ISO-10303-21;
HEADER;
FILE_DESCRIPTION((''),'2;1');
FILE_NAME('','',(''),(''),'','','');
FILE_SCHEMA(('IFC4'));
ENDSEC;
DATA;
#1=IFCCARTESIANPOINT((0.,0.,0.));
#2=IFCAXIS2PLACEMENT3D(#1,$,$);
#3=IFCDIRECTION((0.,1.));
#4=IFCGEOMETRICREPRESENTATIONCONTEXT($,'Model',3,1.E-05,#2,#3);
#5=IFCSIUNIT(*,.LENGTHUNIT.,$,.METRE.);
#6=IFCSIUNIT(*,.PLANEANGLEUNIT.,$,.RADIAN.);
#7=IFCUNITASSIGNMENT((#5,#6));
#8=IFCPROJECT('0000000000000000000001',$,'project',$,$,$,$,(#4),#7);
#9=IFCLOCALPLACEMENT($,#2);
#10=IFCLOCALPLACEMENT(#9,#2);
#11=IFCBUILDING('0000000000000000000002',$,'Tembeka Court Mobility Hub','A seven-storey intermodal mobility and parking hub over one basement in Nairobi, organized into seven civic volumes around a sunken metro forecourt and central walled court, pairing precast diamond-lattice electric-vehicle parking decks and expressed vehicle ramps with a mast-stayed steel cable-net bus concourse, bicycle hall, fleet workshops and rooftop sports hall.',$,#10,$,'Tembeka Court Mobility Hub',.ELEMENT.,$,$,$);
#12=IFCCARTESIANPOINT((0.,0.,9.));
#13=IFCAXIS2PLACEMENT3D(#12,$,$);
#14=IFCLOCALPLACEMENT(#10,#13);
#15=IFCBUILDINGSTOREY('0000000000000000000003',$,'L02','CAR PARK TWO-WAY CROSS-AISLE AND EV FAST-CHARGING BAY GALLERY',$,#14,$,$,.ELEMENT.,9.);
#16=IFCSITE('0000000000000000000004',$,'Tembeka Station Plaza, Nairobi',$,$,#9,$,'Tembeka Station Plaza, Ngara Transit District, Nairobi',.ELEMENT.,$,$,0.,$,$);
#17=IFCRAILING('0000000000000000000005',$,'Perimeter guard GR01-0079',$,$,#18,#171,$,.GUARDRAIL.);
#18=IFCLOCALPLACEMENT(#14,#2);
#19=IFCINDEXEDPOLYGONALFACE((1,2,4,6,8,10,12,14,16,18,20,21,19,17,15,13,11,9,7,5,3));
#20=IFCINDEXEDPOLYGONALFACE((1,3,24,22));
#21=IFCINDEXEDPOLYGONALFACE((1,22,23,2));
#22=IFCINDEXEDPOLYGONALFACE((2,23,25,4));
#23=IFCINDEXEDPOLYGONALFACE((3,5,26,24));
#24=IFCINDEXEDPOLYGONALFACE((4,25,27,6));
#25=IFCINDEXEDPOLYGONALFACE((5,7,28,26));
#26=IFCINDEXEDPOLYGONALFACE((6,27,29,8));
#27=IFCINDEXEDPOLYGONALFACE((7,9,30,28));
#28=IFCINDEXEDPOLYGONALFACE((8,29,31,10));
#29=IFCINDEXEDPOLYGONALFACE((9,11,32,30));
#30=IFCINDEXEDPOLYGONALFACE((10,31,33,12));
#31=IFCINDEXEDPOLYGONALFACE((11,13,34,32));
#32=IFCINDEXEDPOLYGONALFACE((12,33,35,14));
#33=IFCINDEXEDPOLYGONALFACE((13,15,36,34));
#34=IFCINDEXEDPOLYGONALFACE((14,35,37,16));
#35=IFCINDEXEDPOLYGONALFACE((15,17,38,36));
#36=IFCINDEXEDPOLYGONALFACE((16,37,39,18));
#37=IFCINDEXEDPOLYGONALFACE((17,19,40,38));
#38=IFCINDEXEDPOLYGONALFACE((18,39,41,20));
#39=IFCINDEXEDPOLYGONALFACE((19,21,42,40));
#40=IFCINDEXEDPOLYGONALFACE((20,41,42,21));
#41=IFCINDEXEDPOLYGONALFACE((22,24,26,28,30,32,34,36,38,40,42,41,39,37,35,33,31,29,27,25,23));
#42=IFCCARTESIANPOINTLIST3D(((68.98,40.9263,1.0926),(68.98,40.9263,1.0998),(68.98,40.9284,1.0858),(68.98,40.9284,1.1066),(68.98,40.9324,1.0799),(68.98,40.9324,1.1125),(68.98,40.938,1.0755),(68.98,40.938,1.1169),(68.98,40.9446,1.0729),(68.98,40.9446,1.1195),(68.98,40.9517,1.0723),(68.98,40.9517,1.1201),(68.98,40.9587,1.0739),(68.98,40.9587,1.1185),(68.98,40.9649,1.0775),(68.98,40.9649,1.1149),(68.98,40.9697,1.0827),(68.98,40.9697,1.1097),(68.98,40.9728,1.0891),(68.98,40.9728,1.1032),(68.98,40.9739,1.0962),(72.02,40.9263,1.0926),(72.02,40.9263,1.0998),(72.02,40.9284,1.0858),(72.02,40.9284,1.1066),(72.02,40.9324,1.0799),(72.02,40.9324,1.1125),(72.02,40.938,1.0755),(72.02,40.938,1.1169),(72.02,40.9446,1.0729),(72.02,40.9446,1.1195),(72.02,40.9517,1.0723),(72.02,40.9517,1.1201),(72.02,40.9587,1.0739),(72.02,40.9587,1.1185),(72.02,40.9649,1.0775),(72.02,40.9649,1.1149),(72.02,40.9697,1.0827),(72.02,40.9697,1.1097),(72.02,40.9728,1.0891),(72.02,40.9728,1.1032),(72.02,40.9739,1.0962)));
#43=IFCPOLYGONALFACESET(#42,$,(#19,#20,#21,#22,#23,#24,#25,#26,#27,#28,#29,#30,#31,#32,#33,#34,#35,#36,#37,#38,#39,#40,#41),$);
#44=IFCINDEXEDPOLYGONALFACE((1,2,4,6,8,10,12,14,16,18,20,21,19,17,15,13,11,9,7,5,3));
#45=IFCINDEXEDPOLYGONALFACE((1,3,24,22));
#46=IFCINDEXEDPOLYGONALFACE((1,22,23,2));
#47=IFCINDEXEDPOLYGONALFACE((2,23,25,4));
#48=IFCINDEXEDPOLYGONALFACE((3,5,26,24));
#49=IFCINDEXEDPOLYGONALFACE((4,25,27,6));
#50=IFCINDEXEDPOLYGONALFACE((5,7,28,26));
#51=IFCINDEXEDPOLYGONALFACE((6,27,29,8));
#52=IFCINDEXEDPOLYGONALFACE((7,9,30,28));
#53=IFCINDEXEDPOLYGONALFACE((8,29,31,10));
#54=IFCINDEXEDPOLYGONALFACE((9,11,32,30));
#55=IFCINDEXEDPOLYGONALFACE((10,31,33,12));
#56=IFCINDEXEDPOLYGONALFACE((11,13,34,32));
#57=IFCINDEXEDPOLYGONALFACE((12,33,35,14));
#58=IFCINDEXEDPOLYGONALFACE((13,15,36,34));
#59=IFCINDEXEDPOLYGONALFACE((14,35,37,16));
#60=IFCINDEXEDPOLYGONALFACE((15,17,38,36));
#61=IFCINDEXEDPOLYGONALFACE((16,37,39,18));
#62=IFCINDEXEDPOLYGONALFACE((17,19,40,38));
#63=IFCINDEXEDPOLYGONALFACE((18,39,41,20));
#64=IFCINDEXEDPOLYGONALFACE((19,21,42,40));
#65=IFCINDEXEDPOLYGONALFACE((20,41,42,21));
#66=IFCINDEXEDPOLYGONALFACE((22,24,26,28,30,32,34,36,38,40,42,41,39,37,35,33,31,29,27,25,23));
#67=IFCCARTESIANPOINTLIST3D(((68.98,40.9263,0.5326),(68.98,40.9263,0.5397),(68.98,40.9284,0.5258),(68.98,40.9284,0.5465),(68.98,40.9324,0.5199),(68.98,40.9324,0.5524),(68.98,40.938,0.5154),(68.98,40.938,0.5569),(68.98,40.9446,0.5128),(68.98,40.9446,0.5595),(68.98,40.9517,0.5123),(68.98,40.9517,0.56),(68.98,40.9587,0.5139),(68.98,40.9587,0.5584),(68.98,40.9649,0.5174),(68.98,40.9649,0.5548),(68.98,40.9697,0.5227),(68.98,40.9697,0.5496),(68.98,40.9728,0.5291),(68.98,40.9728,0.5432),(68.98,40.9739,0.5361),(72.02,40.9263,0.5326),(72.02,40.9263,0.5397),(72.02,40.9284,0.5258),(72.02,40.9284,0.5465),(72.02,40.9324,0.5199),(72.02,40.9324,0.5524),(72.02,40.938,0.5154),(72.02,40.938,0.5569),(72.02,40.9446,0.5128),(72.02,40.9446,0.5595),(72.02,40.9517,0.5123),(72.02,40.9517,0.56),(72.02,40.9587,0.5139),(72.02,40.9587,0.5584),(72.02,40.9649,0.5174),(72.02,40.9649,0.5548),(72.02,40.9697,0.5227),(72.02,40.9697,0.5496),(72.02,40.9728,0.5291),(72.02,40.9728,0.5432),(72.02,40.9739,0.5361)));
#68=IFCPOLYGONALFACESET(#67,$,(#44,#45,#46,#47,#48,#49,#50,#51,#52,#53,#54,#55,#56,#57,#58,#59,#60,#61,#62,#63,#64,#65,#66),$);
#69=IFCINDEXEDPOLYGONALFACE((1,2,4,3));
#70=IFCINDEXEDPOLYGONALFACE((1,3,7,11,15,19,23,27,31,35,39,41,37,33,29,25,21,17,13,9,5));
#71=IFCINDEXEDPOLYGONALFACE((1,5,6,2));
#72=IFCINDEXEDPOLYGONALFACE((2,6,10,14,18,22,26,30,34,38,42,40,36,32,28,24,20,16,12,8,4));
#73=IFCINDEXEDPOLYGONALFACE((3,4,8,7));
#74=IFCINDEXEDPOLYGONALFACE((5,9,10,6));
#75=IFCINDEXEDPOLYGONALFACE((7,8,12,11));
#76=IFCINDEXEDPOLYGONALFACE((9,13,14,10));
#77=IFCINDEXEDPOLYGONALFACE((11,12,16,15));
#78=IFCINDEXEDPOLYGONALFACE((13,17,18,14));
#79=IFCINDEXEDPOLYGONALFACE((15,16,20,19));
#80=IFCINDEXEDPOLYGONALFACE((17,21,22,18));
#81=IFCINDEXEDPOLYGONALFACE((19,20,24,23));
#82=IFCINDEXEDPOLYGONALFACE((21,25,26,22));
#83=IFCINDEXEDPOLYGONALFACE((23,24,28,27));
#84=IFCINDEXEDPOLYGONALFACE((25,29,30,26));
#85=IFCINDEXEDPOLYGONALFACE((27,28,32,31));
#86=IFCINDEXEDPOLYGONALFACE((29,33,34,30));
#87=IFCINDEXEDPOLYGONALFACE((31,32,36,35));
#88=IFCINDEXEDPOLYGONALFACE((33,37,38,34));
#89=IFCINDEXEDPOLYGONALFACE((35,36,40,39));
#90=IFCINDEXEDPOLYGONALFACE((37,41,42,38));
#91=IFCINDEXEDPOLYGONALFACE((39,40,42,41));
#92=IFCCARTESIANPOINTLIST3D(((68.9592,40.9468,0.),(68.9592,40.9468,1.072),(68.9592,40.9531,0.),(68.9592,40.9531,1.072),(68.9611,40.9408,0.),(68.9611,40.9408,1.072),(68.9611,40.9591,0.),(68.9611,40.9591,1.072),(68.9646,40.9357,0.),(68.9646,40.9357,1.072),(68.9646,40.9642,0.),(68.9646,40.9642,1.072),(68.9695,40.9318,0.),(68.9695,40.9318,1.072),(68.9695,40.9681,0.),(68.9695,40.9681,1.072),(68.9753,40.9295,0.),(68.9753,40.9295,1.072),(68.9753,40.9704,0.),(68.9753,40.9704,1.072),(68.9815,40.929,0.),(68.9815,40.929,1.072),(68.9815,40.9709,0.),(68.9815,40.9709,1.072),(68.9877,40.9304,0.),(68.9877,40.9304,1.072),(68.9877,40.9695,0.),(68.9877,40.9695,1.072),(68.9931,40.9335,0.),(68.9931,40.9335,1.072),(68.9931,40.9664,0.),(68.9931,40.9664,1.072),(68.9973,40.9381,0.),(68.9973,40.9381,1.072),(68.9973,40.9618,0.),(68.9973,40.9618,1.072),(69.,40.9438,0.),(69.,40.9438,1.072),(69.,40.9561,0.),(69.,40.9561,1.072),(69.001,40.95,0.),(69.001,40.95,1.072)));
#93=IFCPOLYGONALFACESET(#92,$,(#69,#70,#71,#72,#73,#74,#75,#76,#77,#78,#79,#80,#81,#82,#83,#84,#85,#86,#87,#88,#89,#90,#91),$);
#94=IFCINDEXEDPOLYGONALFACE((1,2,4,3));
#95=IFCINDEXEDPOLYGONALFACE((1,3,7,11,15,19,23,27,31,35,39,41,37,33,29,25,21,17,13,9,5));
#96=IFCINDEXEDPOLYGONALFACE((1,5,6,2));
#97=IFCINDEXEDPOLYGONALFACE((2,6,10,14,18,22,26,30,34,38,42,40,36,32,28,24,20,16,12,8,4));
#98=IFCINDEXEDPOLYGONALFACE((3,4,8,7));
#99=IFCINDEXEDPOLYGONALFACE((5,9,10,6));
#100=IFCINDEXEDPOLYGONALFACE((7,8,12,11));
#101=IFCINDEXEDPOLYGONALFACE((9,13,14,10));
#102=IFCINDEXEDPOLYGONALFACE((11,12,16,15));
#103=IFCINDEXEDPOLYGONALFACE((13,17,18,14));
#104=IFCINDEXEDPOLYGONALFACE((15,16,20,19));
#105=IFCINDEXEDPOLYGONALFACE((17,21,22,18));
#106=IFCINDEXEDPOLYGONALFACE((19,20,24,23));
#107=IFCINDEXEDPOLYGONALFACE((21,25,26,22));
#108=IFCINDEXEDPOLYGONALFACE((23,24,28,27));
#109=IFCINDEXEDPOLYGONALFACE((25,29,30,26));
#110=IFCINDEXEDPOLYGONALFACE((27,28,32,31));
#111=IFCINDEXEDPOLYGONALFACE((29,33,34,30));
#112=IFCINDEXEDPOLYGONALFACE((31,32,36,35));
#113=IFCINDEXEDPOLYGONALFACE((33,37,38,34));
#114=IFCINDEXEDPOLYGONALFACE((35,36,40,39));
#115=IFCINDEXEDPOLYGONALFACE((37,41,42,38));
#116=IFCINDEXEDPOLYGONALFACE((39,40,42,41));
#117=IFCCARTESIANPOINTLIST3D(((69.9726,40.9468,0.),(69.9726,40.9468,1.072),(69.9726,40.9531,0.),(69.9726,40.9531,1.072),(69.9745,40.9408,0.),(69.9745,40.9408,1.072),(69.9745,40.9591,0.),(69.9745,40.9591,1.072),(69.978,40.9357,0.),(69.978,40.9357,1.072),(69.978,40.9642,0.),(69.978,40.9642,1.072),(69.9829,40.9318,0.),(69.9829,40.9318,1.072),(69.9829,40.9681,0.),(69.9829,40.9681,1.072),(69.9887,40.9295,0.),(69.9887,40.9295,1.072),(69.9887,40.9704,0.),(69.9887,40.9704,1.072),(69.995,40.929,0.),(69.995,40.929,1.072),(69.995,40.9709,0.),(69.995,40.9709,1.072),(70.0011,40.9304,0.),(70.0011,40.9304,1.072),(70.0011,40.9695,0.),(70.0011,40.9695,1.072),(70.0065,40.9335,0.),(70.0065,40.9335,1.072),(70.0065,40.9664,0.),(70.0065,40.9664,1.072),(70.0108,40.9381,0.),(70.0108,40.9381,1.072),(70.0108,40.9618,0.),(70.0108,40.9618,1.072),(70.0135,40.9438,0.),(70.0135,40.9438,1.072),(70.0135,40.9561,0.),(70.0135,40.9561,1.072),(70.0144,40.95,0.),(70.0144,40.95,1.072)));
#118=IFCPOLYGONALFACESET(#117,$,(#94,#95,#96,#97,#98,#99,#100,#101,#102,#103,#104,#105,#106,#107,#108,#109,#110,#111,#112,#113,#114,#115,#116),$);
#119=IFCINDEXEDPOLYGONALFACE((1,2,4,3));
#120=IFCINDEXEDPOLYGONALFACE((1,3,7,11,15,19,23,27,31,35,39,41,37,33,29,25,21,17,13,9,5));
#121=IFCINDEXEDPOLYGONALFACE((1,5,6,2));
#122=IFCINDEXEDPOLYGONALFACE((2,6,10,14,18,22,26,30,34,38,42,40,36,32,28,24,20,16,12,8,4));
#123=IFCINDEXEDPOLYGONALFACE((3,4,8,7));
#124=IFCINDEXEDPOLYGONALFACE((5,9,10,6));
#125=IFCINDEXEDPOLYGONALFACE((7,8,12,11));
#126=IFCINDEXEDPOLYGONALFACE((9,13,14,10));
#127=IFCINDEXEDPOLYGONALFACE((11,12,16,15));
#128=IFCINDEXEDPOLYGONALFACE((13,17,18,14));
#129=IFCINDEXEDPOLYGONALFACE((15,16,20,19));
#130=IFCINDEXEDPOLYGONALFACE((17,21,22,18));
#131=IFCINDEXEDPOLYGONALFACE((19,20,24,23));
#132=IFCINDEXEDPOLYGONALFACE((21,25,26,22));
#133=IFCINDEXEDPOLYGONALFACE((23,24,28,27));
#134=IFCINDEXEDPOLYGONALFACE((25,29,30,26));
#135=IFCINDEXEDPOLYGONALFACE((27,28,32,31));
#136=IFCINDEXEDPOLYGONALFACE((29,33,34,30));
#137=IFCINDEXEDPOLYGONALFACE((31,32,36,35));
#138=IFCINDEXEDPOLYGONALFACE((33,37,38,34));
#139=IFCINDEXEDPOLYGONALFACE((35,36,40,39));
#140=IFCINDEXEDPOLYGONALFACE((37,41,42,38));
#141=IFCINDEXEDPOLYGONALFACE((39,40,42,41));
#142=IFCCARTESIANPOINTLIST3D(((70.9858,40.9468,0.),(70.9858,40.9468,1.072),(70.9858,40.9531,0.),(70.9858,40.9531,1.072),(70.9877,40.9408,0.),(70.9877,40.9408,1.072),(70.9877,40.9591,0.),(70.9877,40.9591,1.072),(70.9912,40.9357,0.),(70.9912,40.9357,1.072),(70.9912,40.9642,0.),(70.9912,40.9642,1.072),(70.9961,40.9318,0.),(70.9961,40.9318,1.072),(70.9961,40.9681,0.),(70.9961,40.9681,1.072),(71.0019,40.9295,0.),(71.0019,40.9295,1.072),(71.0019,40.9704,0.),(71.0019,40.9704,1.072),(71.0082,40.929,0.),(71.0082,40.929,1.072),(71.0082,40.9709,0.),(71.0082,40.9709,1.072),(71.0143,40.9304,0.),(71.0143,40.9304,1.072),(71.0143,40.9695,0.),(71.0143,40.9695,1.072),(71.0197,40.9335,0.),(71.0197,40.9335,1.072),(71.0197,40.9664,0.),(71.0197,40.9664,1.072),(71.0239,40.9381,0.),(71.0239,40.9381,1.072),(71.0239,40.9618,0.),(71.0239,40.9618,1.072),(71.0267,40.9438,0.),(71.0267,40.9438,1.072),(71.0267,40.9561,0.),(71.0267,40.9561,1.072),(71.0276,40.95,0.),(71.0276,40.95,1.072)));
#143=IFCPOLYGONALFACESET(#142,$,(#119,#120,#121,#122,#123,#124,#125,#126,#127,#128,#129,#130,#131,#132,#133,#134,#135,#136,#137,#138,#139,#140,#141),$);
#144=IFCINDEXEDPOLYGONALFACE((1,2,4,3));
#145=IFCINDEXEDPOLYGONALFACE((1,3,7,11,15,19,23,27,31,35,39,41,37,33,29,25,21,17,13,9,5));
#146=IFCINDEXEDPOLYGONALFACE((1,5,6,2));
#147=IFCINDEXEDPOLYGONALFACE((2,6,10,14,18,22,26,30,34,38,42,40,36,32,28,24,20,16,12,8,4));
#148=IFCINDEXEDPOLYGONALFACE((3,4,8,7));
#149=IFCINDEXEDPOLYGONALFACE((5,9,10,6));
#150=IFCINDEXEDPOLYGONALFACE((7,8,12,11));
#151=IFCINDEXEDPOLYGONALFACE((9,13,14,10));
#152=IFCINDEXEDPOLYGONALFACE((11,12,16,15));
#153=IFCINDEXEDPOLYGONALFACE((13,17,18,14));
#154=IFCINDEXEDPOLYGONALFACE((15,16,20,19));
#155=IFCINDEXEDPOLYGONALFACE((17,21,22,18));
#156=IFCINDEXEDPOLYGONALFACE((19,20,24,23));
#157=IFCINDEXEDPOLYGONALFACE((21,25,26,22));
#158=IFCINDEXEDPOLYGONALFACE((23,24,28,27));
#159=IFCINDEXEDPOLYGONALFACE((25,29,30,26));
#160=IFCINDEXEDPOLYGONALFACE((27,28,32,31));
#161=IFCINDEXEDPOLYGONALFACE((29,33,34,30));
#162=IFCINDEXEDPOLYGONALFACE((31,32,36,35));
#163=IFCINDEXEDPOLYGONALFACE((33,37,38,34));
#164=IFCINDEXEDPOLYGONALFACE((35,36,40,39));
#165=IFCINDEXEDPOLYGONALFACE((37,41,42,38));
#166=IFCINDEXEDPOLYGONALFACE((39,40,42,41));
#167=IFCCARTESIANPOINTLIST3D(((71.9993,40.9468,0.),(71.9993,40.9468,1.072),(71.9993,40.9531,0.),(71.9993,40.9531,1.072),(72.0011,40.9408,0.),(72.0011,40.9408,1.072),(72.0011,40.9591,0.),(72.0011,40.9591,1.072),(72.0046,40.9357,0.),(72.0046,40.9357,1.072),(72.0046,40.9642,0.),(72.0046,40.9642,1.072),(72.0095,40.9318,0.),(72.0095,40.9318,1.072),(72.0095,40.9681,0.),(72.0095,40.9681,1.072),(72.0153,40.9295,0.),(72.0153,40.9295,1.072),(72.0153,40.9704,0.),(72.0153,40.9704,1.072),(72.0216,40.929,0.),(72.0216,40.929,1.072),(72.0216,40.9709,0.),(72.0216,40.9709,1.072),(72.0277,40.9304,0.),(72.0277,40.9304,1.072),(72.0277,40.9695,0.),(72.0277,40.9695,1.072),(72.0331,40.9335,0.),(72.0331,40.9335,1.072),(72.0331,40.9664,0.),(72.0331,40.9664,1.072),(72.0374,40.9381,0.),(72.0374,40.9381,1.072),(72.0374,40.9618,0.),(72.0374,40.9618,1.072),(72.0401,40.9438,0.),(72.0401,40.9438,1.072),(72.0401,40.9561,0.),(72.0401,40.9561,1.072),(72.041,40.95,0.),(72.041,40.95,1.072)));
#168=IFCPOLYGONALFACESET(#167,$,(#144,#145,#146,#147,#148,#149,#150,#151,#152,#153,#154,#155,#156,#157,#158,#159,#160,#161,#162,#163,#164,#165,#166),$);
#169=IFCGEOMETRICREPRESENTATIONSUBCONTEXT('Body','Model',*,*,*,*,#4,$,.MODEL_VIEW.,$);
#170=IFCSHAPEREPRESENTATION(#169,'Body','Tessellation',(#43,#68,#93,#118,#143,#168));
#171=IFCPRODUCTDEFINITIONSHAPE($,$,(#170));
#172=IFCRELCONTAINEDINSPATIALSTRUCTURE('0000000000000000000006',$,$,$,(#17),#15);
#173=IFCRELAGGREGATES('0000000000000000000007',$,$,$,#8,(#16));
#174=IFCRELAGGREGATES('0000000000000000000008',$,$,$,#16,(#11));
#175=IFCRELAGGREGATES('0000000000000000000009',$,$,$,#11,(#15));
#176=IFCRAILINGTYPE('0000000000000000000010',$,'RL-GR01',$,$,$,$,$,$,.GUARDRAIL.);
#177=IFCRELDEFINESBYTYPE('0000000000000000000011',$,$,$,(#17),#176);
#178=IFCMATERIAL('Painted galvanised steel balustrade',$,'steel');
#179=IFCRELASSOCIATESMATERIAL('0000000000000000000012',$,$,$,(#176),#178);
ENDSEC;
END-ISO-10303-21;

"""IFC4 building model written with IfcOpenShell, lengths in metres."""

from ifc_helpers import new_model, si_unit, direction, frame, origin, origin_2d, place, context, subcontext, project, spatial, circle, extrude, material, type_object, element, save


model = new_model("IFC4")

# Units and contexts
model_context = context("Model", 3, precision=1e-05, world=origin(), true_north=direction((0.0, 1.0)))
body_context = subcontext(model_context, "Body", "Model", "MODEL_VIEW")
ifc_project = project(units=[si_unit("LENGTHUNIT", "METRE"), si_unit("PLANEANGLEUNIT", "RADIAN")], contexts=[model_context])

# Site, building, storey
site_placement = place(None, origin())
site = spatial("IfcSite", under=ifc_project, at=site_placement, Name="Tembeka Station Plaza, Nairobi", LongName="Tembeka Station Plaza, Ngara Transit District, Nairobi", CompositionType="ELEMENT", RefElevation=0.0)
building_placement = place(site_placement, origin())
building = spatial("IfcBuilding", under=site, at=building_placement, Name="Tembeka Court Mobility Hub", Description="A seven-storey intermodal mobility and parking hub over one basement in Nairobi, organized into seven civic volumes around a sunken metro forecourt and central walled court, pairing precast diamond-lattice electric-vehicle parking decks and expressed vehicle ramps with a mast-stayed steel cable-net bus concourse, bicycle hall, fleet workshops and rooftop sports hall.", LongName="Tembeka Court Mobility Hub", CompositionType="ELEMENT")
storey_placement = place(building_placement, frame((0.0, 0.0, 9.0)))
storey = spatial("IfcBuildingStorey", under=building, at=storey_placement, Name="L02", Description="CAR PARK TWO-WAY CROSS-AISLE AND EV FAST-CHARGING BAY GALLERY", CompositionType="ELEMENT", Elevation=9.0)

# Railing
ifc_material_1 = material(Name="Painted galvanised steel balustrade", Category="steel")
railing_type = type_object("IfcRailingType", Name="RL-GR01", PredefinedType="GUARDRAIL", material=ifc_material_1)
railing_1_placement = place(storey_placement, frame((68.98, 40.95, 0.0)))
element("IfcRailing", 1, at=railing_1_placement, inside=storey, type_object=railing_type, Name="Perimeter guard GR01-0079", PredefinedType="GUARDRAIL", context=body_context, shape_type="SweptSolid", body=[
    extrude(circle(Radius=0.0239, at=origin_2d()), frame((0.0, 0.0, 1.0962), z_axis=(1.0, 0.0, 0.0), x_axis=(0.0, 1.0, 0.0)), (0.0, 0.0, 1.0), 3.04),
    extrude(circle(Radius=0.0239, at=origin_2d()), frame((0.0, 0.0, 0.5361), z_axis=(1.0, 0.0, 0.0), x_axis=(0.0, 1.0, 0.0)), (0.0, 0.0, 1.0), 3.04),
    extrude(circle(Radius=0.021, at=origin_2d()), origin(), (0.0, 0.0, 1.0), 1.072),
    extrude(circle(Radius=0.021, at=origin_2d()), frame((1.0134, 0.0, 0.0)), (0.0, 0.0, 1.0), 1.072),
    extrude(circle(Radius=0.021, at=origin_2d()), frame((2.0266, 0.0, 0.0)), (0.0, 0.0, 1.0), 1.072),
    extrude(circle(Radius=0.021, at=origin_2d()), frame((3.04, 0.0, 0.0)), (0.0, 0.0, 1.0), 1.072),
])

save(model, "model.ifc")
